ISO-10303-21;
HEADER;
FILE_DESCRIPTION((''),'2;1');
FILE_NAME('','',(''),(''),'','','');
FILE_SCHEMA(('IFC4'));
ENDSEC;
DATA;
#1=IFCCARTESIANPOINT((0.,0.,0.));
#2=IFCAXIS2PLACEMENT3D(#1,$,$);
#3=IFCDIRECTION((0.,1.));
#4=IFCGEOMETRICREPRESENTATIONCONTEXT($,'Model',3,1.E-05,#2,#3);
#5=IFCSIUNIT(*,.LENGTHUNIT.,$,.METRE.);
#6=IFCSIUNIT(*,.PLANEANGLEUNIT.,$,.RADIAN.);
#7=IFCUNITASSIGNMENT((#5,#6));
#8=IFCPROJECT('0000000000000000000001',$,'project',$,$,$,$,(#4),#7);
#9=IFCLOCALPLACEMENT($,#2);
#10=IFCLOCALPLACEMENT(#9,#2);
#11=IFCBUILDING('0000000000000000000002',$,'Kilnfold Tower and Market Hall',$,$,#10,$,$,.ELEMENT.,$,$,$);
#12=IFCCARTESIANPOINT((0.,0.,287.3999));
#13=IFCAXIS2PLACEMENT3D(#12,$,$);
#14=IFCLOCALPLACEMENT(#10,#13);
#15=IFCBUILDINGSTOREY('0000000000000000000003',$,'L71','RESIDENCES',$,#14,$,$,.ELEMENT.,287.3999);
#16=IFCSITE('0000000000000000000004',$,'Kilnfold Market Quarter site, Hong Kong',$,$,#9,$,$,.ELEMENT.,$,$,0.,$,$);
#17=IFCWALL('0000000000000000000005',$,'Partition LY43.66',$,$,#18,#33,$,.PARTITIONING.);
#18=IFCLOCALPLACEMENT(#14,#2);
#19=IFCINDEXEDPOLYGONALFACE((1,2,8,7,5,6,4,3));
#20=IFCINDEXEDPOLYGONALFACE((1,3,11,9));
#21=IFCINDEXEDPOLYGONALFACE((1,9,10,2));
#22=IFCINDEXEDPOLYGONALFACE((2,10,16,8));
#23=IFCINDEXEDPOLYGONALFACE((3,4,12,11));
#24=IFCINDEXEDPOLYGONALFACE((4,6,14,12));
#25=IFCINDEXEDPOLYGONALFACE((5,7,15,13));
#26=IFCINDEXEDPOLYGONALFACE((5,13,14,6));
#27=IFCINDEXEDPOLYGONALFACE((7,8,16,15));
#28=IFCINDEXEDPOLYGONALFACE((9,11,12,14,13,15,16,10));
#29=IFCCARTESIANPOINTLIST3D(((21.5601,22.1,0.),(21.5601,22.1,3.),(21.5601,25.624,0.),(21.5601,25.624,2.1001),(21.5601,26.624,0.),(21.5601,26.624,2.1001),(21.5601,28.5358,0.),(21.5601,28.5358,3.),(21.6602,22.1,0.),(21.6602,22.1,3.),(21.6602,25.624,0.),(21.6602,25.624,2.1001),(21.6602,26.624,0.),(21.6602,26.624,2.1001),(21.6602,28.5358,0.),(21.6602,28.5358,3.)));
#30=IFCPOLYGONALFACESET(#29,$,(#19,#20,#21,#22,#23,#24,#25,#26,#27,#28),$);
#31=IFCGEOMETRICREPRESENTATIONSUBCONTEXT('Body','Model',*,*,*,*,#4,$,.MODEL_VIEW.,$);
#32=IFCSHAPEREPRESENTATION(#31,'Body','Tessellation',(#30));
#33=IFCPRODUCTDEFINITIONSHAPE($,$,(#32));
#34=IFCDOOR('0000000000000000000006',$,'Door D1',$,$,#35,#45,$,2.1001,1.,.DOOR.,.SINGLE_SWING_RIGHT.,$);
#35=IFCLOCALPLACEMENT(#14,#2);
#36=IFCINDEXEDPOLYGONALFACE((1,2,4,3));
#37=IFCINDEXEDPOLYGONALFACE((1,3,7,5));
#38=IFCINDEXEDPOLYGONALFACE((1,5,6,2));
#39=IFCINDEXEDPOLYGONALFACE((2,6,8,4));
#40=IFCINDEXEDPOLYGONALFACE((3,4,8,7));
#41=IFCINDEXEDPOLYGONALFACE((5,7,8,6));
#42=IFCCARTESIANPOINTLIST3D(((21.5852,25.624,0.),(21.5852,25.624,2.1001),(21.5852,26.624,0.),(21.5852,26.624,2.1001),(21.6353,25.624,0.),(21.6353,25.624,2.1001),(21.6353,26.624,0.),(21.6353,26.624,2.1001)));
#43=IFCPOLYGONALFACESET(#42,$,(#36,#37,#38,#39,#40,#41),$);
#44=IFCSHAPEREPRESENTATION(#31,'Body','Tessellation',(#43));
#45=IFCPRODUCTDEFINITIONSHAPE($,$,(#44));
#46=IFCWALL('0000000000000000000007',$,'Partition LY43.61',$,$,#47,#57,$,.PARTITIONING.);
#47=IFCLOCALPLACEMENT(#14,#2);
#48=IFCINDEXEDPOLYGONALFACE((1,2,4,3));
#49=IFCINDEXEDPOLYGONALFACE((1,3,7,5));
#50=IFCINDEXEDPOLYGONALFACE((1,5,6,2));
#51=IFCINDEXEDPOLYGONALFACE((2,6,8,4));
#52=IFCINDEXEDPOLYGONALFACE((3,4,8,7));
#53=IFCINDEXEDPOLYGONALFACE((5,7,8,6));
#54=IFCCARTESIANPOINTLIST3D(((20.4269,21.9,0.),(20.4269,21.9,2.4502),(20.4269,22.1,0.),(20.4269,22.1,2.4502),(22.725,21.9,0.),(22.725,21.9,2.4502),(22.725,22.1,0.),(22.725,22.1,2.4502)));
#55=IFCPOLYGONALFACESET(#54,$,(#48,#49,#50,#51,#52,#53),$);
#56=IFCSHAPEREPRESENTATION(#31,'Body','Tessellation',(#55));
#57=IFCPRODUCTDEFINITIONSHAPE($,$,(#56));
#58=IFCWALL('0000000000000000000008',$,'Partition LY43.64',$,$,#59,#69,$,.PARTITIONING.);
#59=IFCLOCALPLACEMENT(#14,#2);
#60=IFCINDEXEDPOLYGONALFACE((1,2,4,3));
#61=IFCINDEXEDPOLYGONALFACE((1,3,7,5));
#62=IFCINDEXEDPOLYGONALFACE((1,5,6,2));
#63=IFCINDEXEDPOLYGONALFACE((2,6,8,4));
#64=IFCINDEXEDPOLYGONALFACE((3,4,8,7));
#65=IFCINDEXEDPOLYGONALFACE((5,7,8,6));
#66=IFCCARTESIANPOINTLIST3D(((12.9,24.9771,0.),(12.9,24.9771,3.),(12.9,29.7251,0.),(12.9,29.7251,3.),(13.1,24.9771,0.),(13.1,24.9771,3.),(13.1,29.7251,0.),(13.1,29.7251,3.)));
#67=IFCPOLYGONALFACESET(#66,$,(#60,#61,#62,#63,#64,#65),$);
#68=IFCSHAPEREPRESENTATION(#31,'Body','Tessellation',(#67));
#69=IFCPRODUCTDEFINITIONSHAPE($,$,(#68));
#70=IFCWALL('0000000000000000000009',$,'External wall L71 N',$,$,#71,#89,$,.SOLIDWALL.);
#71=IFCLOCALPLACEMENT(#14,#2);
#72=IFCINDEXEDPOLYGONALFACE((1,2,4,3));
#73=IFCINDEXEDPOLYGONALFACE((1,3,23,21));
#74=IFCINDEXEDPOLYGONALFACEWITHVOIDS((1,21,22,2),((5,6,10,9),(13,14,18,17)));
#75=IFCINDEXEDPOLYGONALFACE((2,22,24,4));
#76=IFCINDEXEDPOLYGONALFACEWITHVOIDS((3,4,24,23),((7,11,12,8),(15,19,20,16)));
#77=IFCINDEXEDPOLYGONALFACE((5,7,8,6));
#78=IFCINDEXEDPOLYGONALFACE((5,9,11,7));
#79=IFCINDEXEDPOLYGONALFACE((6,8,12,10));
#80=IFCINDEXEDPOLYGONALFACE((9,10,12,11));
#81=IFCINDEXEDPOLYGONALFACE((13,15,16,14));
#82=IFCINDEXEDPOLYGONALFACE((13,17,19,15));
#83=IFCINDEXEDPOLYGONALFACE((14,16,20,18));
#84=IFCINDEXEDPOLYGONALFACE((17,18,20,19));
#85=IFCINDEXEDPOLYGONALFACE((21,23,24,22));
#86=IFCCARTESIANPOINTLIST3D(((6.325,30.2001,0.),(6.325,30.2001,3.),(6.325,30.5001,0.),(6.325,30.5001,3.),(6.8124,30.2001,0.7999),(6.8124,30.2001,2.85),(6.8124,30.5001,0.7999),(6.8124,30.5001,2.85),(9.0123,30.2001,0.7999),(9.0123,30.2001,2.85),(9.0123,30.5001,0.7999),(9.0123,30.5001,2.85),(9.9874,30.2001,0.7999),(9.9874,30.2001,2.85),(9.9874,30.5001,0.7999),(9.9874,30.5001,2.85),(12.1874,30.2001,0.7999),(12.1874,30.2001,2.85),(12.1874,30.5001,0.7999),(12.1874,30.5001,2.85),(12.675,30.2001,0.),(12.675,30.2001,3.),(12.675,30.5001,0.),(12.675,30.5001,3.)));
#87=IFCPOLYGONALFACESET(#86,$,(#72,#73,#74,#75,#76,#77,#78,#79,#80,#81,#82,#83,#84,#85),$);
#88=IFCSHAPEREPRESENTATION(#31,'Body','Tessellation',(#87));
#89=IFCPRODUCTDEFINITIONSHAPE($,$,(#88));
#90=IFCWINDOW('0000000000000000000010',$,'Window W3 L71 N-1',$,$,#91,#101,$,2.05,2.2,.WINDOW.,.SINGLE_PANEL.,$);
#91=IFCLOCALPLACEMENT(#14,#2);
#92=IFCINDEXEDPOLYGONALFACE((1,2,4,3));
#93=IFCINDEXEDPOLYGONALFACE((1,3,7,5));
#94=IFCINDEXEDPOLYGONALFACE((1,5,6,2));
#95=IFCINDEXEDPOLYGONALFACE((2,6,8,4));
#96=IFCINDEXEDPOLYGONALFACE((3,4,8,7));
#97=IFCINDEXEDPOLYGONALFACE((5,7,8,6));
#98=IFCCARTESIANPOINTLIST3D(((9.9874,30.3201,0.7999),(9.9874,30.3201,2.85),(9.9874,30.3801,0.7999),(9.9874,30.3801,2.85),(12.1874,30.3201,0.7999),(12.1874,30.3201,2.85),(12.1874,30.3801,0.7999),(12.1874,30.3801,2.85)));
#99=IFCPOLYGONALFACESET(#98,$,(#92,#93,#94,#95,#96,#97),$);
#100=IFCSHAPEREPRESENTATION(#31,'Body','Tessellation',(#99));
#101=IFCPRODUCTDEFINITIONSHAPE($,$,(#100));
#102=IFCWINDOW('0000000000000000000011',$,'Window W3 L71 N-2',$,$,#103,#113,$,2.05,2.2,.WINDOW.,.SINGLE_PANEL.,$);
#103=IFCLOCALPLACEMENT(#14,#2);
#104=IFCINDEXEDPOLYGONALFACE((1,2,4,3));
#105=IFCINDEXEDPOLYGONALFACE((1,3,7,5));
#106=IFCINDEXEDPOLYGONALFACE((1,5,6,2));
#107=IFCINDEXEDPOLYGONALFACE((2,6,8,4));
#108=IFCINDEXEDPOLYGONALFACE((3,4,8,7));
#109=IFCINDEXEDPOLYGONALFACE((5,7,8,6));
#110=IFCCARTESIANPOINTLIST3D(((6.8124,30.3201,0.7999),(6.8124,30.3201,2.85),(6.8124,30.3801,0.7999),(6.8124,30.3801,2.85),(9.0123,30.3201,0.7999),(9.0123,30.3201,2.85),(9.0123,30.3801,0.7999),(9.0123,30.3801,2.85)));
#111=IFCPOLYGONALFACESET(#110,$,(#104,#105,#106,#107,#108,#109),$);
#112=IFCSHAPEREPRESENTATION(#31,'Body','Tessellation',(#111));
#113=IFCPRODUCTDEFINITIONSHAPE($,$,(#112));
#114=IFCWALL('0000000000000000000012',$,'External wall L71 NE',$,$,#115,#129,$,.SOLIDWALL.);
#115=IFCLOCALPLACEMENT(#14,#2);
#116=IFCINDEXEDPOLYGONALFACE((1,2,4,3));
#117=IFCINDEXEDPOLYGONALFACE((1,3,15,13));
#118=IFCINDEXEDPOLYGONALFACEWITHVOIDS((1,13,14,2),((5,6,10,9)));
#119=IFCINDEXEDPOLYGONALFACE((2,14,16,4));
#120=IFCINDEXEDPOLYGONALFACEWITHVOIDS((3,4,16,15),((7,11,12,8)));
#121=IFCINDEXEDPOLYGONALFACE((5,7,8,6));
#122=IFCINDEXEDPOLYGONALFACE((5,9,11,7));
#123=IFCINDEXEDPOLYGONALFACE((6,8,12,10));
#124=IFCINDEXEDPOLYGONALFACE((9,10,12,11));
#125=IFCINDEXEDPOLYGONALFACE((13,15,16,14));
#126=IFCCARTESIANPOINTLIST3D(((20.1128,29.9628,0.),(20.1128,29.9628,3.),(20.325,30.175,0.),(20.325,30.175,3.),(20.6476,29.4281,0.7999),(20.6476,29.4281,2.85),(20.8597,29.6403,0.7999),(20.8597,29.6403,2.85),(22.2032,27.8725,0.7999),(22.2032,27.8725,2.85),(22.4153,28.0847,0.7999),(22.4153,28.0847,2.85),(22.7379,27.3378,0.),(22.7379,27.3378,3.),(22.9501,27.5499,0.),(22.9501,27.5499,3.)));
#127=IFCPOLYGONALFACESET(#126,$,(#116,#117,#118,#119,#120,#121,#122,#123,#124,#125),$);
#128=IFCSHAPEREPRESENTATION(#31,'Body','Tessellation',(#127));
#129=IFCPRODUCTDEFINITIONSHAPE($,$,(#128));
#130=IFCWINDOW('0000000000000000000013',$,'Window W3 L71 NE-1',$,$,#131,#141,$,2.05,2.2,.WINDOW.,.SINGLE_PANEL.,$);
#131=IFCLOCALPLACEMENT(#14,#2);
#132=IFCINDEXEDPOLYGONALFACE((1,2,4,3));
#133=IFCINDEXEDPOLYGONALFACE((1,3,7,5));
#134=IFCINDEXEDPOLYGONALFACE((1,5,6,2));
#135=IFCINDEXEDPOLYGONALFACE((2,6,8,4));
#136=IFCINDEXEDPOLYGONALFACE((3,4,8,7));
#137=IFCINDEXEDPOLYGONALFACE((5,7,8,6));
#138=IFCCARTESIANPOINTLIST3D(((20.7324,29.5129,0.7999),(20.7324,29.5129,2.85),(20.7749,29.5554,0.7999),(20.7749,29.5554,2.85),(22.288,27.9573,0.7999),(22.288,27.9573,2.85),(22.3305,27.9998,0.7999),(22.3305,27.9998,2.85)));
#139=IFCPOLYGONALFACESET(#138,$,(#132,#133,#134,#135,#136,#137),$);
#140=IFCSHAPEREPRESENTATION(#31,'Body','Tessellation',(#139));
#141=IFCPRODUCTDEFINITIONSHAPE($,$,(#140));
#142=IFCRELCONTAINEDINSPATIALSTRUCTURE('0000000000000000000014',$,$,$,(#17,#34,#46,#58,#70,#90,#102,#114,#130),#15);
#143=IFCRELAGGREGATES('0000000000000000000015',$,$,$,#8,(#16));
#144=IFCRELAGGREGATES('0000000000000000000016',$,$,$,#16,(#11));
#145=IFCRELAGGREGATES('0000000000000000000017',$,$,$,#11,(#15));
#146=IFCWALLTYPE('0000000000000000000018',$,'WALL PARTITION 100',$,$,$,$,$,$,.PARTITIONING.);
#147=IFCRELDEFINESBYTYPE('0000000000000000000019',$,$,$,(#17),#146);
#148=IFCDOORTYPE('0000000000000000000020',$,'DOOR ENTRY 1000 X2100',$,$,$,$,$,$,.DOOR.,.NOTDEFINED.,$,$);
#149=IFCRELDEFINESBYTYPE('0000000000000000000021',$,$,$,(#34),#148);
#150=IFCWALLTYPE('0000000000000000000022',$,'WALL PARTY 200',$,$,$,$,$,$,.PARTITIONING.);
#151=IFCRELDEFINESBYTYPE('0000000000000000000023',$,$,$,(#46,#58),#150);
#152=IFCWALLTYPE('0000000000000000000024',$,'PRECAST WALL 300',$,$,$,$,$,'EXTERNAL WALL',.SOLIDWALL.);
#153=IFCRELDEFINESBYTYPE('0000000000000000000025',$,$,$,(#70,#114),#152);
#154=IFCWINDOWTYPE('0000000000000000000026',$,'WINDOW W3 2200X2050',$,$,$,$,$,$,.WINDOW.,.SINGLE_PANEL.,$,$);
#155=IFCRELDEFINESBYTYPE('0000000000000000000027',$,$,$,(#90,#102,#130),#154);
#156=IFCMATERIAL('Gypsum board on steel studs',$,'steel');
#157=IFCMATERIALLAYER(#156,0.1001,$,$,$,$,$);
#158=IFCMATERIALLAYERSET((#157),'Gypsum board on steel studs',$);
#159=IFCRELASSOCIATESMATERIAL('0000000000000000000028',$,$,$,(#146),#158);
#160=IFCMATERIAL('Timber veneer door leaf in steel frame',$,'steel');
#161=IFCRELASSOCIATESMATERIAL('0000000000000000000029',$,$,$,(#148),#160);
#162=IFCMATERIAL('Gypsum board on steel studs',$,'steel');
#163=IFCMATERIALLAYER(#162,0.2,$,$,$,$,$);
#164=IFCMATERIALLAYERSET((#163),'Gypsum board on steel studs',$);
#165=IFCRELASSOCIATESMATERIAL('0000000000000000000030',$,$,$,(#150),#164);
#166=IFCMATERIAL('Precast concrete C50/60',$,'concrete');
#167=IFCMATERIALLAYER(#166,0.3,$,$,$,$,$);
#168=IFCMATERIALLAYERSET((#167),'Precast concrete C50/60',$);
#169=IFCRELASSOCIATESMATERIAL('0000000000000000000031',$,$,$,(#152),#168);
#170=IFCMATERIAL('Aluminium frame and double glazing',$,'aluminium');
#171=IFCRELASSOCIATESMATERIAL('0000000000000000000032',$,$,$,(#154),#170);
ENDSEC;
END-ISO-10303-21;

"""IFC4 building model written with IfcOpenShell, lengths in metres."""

from ifc_helpers import new_model, si_unit, direction, frame, frame_2d, origin, place, context, subcontext, project, spatial, rectangle, extrude, source, transform, mapped, material, layer, layer_set, type_object, element, fill, save


model = new_model("IFC4")

# Units and contexts
model_context = context("Model", 3, precision=1e-05, world=origin(), true_north=direction((0.0, 1.0)))
body_context = subcontext(model_context, "Body", "Model", "MODEL_VIEW")
ifc_project = project(units=[si_unit("LENGTHUNIT", "METRE"), si_unit("PLANEANGLEUNIT", "RADIAN")], contexts=[model_context])

# Site, building, storey
site_placement = place(None, origin())
site = spatial("IfcSite", under=ifc_project, at=site_placement, Name="Kilnfold Market Quarter site, Hong Kong", CompositionType="ELEMENT", RefElevation=0.0)
building_placement = place(site_placement, origin())
building = spatial("IfcBuilding", under=site, at=building_placement, Name="Kilnfold Tower and Market Hall", CompositionType="ELEMENT")
storey_placement = place(building_placement, frame((0.0, 0.0, 287.3999)))
storey = spatial("IfcBuildingStorey", under=building, at=storey_placement, Name="L71", Description="RESIDENCES", CompositionType="ELEMENT", Elevation=287.3999)

# Wall, opening, door
ifc_material_1 = material(Name="Gypsum board on steel studs", Category="steel")
ifc_layer_1 = layer(ifc_material_1, 0.1001)
ifc_layer_set_1 = layer_set([ifc_layer_1], Name="Gypsum board on steel studs")
wall_type_1 = type_object("IfcWallType", Name="WALL PARTITION 100", PredefinedType="PARTITIONING", material=ifc_layer_set_1)
ifc_material_2 = material(Name="Timber veneer door leaf in steel frame", Category="steel")
door_type_1 = type_object("IfcDoorType", Name="DOOR ENTRY 1000 X2100", OperationType="NOTDEFINED", PredefinedType="DOOR", material=ifc_material_2)
wall_1_placement = place(storey_placement, frame((21.6101, 22.1001, 0.0), z_axis=(0.0, 0.0, 1.0), x_axis=(0.0, 1.0, 0.0)))
wall_1 = element("IfcWall", 1, at=wall_1_placement, inside=storey, type_object=wall_type_1, Name="Partition LY43.66", PredefinedType="PARTITIONING", context=body_context, shape_type="SweptSolid", body=[
    extrude(rectangle(XDim=6.4358, YDim=0.1001, at=frame_2d((3.2178, 0.0))), origin(), (0.0, 0.0, 1.0), 3.0),
])
opening_1_placement = place(wall_1_placement, frame((3.5239, 0.0, 0.0)))
opening_1 = element("IfcOpeningElement", 2, at=opening_1_placement, cuts=wall_1, PredefinedType="OPENING", context=body_context, shape_type="SweptSolid", body=[
    extrude(rectangle(XDim=1.0, YDim=2.1001, at=frame_2d((0.5, 1.05))), frame((0.0, 0.0601, 0.0), z_axis=(0.0, -1.0, 0.0), x_axis=(1.0, 0.0, 0.0)), (0.0, 0.0, 1.0), 0.1201),
])
door_1_placement = place(opening_1_placement, origin())
door_1 = element("IfcDoor", 3, at=door_1_placement, inside=storey, type_object=door_type_1, Name="Door D1", OperationType="SINGLE_SWING_RIGHT", OverallHeight=2.1001, OverallWidth=1.0, PredefinedType="DOOR", context=body_context, shape_type="SweptSolid", body=[
    extrude(rectangle(XDim=1.0, YDim=2.1001, at=frame_2d((0.5, 1.05))), frame((0.0, 0.0249, 0.0), z_axis=(0.0, -1.0, 0.0), x_axis=(1.0, 0.0, 0.0)), (0.0, 0.0, 1.0), 0.05),
])
fill(opening_1, door_1)

# Walls
ifc_material_3 = material(Name="Gypsum board on steel studs", Category="steel")
ifc_layer_2 = layer(ifc_material_3, 0.2)
ifc_layer_set_2 = layer_set([ifc_layer_2], Name="Gypsum board on steel studs")
wall_type_2 = type_object("IfcWallType", Name="WALL PARTY 200", PredefinedType="PARTITIONING", material=ifc_layer_set_2)
wall_2_placement = place(storey_placement, frame((20.427, 22.0, 0.0), z_axis=(0.0, 0.0, 1.0), x_axis=(1.0, 0.0, 0.0)))
element("IfcWall", 4, at=wall_2_placement, inside=storey, type_object=wall_type_2, Name="Partition LY43.61", PredefinedType="PARTITIONING", context=body_context, shape_type="SweptSolid", body=[
    extrude(rectangle(XDim=2.2981, YDim=0.2, at=frame_2d((1.1489, 0.0))), origin(), (0.0, 0.0, 1.0), 2.4502),
])
wall_3_placement = place(storey_placement, frame((13.0, 24.9771, 0.0), z_axis=(0.0, 0.0, 1.0), x_axis=(0.0, 1.0, 0.0)))
element("IfcWall", 5, at=wall_3_placement, inside=storey, type_object=wall_type_2, Name="Partition LY43.64", PredefinedType="PARTITIONING", context=body_context, shape_type="SweptSolid", body=[
    extrude(rectangle(XDim=4.748, YDim=0.2, at=frame_2d((2.374, 0.0))), origin(), (0.0, 0.0, 1.0), 3.0),
])

# Wall, openings, windows
ifc_material_4 = material(Name="Precast concrete C50/60", Category="concrete")
ifc_layer_3 = layer(ifc_material_4, 0.3)
ifc_layer_set_3 = layer_set([ifc_layer_3], Name="Precast concrete C50/60")
wall_type_3 = type_object("IfcWallType", Name="PRECAST WALL 300", ElementType="EXTERNAL WALL", PredefinedType="SOLIDWALL", material=ifc_layer_set_3)
shared_shape_1 = source(origin(), body_context, "Body", "SweptSolid", [
    extrude(rectangle(XDim=6.3501, YDim=0.3, at=frame_2d((3.175, 0.0))), origin(), (0.0, 0.0, 1.0), 3.0),
])
wall_4_placement = place(storey_placement, frame((12.675, 30.3501, 0.0), z_axis=(0.0, 0.0, 1.0), x_axis=(-1.0, 0.0, 0.0)))
wall_4 = element("IfcWall", 6, at=wall_4_placement, inside=storey, type_object=wall_type_3, Name="External wall L71 N", PredefinedType="SOLIDWALL", context=body_context, shape_type="MappedRepresentation", body=[
    mapped(shared_shape_1, transform((0.0, 0.0, 0.0))),
])
opening_2_placement = place(wall_4_placement, frame((0.4875, 0.0, 0.8)))
opening_2 = element("IfcOpeningElement", 7, at=opening_2_placement, cuts=wall_4, PredefinedType="OPENING", context=body_context, shape_type="SweptSolid", body=[
    extrude(rectangle(XDim=2.2, YDim=2.05, at=frame_2d((1.1001, 1.0249))), frame((0.0, 0.1602, 0.0), z_axis=(0.0, -1.0, 0.0), x_axis=(1.0, 0.0, 0.0)), (0.0, 0.0, 1.0), 0.3201),
])
opening_3_placement = place(wall_4_placement, frame((3.6626, 0.0, 0.8)))
opening_3 = element("IfcOpeningElement", 8, at=opening_3_placement, cuts=wall_4, PredefinedType="OPENING", context=body_context, shape_type="SweptSolid", body=[
    extrude(rectangle(XDim=2.2, YDim=2.05, at=frame_2d((1.1001, 1.0249))), frame((0.0, 0.1602, 0.0), z_axis=(0.0, -1.0, 0.0), x_axis=(1.0, 0.0, 0.0)), (0.0, 0.0, 1.0), 0.3201),
])
ifc_material_5 = material(Name="Aluminium frame and double glazing", Category="aluminium")
window_type_1 = type_object("IfcWindowType", Name="WINDOW W3 2200X2050", PartitioningType="SINGLE_PANEL", PredefinedType="WINDOW", material=ifc_material_5)
window_1_placement = place(opening_2_placement, origin())
window_1 = element("IfcWindow", 9, at=window_1_placement, inside=storey, type_object=window_type_1, Name="Window W3 L71 N-1", OverallHeight=2.05, OverallWidth=2.2, PartitioningType="SINGLE_PANEL", PredefinedType="WINDOW", context=body_context, shape_type="SweptSolid", body=[
    extrude(rectangle(XDim=2.2, YDim=2.05, at=frame_2d((1.1001, 1.0249))), frame((0.0, 0.03, 0.0), z_axis=(0.0, -1.0, 0.0), x_axis=(1.0, 0.0, 0.0)), (0.0, 0.0, 1.0), 0.0601),
])
fill(opening_2, window_1)
window_2_placement = place(opening_3_placement, origin())
window_2 = element("IfcWindow", 10, at=window_2_placement, inside=storey, type_object=window_type_1, Name="Window W3 L71 N-2", OverallHeight=2.05, OverallWidth=2.2, PartitioningType="SINGLE_PANEL", PredefinedType="WINDOW", context=body_context, shape_type="SweptSolid", body=[
    extrude(rectangle(XDim=2.2, YDim=2.05, at=frame_2d((1.1001, 1.0249))), frame((0.0, 0.03, 0.0), z_axis=(0.0, -1.0, 0.0), x_axis=(1.0, 0.0, 0.0)), (0.0, 0.0, 1.0), 0.0601),
])
fill(opening_3, window_2)

# Wall, opening, window
shared_shape_2 = source(origin(), body_context, "Body", "SweptSolid", [
    extrude(rectangle(XDim=3.7124, YDim=0.3, at=frame_2d((1.8562, 0.0))), origin(), (0.0, 0.0, 1.0), 3.0),
])
wall_5_placement = place(storey_placement, frame((22.844, 27.4438, 0.0), z_axis=(0.0, 0.0, 1.0), x_axis=(-0.707107, 0.707107, 0.0)))
wall_5 = element("IfcWall", 11, at=wall_5_placement, inside=storey, type_object=wall_type_3, Name="External wall L71 NE", PredefinedType="SOLIDWALL", context=body_context, shape_type="MappedRepresentation", body=[
    mapped(shared_shape_2, transform((0.0, 0.0, 0.0))),
])
opening_4_placement = place(wall_5_placement, frame((0.7561, 0.0, 0.8)))
opening_4 = element("IfcOpeningElement", 12, at=opening_4_placement, cuts=wall_5, PredefinedType="OPENING", context=body_context, shape_type="SweptSolid", body=[
    extrude(rectangle(XDim=2.2, YDim=2.05, at=frame_2d((1.1001, 1.0249))), frame((0.0, 0.1602, 0.0), z_axis=(0.0, -1.0, 0.0), x_axis=(1.0, 0.0, 0.0)), (0.0, 0.0, 1.0), 0.3201),
])
window_3_placement = place(opening_4_placement, origin())
window_3 = element("IfcWindow", 13, at=window_3_placement, inside=storey, type_object=window_type_1, Name="Window W3 L71 NE-1", OverallHeight=2.05, OverallWidth=2.2, PartitioningType="SINGLE_PANEL", PredefinedType="WINDOW", context=body_context, shape_type="SweptSolid", body=[
    extrude(rectangle(XDim=2.2, YDim=2.05, at=frame_2d((1.1001, 1.0249))), frame((0.0, 0.03, 0.0), z_axis=(0.0, -1.0, 0.0), x_axis=(1.0, 0.0, 0.0)), (0.0, 0.0, 1.0), 0.0601),
])
fill(opening_4, window_3)

save(model, "model.ifc")
